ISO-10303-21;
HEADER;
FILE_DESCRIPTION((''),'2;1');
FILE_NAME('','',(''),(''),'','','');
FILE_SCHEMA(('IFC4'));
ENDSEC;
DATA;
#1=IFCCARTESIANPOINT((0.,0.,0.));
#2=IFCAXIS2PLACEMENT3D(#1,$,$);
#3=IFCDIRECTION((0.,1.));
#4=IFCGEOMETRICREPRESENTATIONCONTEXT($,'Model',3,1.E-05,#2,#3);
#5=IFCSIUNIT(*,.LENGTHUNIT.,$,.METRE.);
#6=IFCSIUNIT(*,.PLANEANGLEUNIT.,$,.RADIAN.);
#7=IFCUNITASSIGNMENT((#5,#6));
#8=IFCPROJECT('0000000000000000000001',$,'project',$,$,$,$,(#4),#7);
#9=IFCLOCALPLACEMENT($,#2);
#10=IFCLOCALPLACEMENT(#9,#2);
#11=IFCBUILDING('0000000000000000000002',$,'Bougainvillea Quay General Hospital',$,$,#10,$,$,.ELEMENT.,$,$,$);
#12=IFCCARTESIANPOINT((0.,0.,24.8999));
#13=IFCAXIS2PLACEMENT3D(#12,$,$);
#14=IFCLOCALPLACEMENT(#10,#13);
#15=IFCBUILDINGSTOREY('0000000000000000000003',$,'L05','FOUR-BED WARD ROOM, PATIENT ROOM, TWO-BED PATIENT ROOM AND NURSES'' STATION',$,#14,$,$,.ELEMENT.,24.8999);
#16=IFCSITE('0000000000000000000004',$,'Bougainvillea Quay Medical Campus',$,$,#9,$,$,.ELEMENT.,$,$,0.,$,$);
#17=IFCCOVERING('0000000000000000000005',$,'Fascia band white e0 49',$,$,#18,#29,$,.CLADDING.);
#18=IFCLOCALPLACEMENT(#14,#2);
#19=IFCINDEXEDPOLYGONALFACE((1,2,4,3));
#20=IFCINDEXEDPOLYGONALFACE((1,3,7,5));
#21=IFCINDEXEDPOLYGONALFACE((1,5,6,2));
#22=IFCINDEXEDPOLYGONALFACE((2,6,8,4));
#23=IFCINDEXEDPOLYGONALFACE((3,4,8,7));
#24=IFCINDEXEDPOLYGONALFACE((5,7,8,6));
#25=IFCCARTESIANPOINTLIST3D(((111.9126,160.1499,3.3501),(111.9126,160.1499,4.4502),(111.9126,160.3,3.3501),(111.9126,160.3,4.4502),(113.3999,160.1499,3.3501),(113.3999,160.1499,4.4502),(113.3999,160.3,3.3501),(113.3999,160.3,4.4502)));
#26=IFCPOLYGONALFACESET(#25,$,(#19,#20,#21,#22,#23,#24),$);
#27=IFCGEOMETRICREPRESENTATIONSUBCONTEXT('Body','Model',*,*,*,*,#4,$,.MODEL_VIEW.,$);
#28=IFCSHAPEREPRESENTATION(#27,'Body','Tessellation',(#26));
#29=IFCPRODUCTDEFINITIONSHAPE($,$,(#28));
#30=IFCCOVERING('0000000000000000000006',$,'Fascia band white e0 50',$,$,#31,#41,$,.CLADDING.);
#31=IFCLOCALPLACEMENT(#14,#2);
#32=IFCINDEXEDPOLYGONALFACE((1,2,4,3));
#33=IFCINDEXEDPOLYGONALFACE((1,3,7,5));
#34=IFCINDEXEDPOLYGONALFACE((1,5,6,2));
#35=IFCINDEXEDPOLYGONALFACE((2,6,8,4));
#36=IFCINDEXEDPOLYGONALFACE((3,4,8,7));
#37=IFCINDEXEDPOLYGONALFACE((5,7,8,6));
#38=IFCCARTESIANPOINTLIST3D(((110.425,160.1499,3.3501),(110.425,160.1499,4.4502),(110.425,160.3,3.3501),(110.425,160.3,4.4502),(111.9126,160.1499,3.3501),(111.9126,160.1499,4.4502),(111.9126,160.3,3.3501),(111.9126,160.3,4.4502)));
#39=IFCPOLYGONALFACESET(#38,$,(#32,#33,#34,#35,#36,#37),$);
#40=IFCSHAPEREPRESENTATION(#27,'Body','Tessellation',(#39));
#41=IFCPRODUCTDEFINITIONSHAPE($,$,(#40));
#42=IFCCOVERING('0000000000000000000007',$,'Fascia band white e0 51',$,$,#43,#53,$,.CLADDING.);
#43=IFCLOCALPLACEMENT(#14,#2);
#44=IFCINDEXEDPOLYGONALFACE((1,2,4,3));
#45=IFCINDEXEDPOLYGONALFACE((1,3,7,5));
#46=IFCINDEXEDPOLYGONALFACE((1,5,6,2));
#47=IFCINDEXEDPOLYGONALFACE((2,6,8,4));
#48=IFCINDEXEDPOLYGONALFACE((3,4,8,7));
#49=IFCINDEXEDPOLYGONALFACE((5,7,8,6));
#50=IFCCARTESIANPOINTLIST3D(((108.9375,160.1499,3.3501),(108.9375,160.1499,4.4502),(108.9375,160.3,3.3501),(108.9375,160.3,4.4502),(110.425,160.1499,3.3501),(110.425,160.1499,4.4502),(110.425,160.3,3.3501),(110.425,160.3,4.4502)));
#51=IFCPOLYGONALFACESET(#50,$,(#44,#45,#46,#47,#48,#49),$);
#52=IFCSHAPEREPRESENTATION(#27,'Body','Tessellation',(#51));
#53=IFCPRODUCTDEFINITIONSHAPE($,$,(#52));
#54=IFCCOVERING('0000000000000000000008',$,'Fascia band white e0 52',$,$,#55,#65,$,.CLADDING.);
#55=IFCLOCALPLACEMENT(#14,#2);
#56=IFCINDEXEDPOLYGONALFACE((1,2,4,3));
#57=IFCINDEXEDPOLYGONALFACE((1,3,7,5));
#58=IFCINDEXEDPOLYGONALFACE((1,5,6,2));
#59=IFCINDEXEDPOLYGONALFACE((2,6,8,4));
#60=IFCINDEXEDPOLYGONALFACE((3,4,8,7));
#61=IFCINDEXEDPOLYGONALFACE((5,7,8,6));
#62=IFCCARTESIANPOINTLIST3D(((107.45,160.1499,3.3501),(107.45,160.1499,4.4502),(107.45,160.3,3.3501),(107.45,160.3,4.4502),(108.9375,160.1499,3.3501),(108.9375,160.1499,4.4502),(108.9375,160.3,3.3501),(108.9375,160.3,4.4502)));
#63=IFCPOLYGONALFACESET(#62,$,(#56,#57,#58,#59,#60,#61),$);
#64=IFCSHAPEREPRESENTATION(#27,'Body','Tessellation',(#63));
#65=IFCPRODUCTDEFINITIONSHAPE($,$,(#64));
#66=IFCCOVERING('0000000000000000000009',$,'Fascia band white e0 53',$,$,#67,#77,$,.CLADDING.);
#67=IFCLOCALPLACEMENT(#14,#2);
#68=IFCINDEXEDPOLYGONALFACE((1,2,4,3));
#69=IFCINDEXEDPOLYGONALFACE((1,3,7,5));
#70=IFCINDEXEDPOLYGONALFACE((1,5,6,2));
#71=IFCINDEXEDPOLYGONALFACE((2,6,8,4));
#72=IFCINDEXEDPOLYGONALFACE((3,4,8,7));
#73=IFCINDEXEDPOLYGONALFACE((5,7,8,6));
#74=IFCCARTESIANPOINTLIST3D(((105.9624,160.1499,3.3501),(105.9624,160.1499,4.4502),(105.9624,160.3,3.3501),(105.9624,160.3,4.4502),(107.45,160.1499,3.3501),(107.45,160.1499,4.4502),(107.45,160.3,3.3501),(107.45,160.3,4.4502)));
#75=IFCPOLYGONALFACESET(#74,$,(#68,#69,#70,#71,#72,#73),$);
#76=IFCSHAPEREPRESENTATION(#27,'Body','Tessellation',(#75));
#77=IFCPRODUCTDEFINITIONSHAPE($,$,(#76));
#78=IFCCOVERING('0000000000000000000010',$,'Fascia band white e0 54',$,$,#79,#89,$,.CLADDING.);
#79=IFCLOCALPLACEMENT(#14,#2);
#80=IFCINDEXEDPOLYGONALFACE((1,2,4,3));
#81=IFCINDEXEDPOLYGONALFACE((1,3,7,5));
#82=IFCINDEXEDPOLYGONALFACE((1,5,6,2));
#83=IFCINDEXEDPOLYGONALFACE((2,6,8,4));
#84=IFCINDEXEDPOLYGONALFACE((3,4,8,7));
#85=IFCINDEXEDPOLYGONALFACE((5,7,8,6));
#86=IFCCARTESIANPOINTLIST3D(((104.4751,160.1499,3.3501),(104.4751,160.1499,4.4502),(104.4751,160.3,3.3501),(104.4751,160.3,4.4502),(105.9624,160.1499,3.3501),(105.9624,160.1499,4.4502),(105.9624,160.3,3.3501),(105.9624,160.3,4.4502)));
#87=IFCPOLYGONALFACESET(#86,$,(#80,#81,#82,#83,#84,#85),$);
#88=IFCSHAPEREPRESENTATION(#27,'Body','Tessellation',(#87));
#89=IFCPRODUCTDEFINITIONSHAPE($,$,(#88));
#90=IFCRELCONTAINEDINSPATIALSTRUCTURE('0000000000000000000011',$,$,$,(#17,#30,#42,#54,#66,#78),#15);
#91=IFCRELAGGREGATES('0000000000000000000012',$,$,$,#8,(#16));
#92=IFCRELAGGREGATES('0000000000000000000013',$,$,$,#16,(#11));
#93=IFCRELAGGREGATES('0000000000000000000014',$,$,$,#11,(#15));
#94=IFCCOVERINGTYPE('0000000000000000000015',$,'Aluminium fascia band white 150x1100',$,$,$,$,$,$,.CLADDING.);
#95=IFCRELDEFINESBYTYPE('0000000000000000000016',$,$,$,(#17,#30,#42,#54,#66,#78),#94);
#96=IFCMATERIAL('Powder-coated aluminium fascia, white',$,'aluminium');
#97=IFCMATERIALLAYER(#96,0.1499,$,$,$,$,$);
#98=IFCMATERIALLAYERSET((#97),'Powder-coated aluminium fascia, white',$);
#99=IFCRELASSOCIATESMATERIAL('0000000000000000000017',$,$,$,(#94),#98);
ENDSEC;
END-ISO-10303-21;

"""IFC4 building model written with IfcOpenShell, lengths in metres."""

from ifc_helpers import new_model, si_unit, direction, frame, origin, place, context, subcontext, project, spatial, polyline, outline, extrude, material, layer, layer_set, type_object, element, save


model = new_model("IFC4")

# Units and contexts
model_context = context("Model", 3, precision=1e-05, world=origin(), true_north=direction((0.0, 1.0)))
body_context = subcontext(model_context, "Body", "Model", "MODEL_VIEW")
ifc_project = project(units=[si_unit("LENGTHUNIT", "METRE"), si_unit("PLANEANGLEUNIT", "RADIAN")], contexts=[model_context])

# Site, building, storey
site_placement = place(None, origin())
site = spatial("IfcSite", under=ifc_project, at=site_placement, Name="Bougainvillea Quay Medical Campus", CompositionType="ELEMENT", RefElevation=0.0)
building_placement = place(site_placement, origin())
building = spatial("IfcBuilding", under=site, at=building_placement, Name="Bougainvillea Quay General Hospital", CompositionType="ELEMENT")
storey_placement = place(building_placement, frame((0.0, 0.0, 24.8999)))
storey = spatial("IfcBuildingStorey", under=building, at=storey_placement, Name="L05", Description="FOUR-BED WARD ROOM, PATIENT ROOM, TWO-BED PATIENT ROOM AND NURSES' STATION", CompositionType="ELEMENT", Elevation=24.8999)

# Coverings
ifc_material_1 = material(Name="Powder-coated aluminium fascia, white", Category="aluminium")
ifc_layer_1 = layer(ifc_material_1, 0.1499)
ifc_layer_set_1 = layer_set([ifc_layer_1], Name="Powder-coated aluminium fascia, white")
covering_type = type_object("IfcCoveringType", Name="Aluminium fascia band white 150x1100", PredefinedType="CLADDING", material=ifc_layer_set_1)
covering_1_placement = place(storey_placement, frame((113.3999, 160.1499, 3.3501), z_axis=(0.0, 0.0, 1.0), x_axis=(-1.0, 0.0, 0.0)))
element("IfcCovering", 1, at=covering_1_placement, inside=storey, type_object=covering_type, Name="Fascia band white e0 49", PredefinedType="CLADDING", context=body_context, shape_type="SweptSolid", body=[
    extrude(outline(polyline([(0.0, 0.0), (1.4873, 0.0), (1.4873, -0.1501), (0.0, -0.1501), (0.0, 0.0)])), origin(), (0.0, 0.0, 1.0), 1.1001),
])
for number, where, z_axis, x_axis, name in (
    (2, (111.9126, 160.1499, 3.3501), (0.0, 0.0, 1.0), (-1.0, 0.0, 0.0), "Fascia band white e0 50"),
    (3, (110.425, 160.1499, 3.3501), (0.0, 0.0, 1.0), (-1.0, 0.0, 0.0), "Fascia band white e0 51"),
    (4, (108.9375, 160.1499, 3.3501), (0.0, 0.0, 1.0), (-1.0, 0.0, 0.0), "Fascia band white e0 52"),
    (5, (107.45, 160.1499, 3.3501), (0.0, 0.0, 1.0), (-1.0, 0.0, 0.0), "Fascia band white e0 53"),
):
    element("IfcCovering", number, at=place(storey_placement, frame(where, z_axis=z_axis, x_axis=x_axis)), inside=storey, type_object=covering_type, Name=name, PredefinedType="CLADDING", context=body_context, shape_type="SweptSolid", body=[
        extrude(outline(polyline([(0.0, 0.0), (1.4875, 0.0), (1.4875, -0.1501), (0.0, -0.1501), (0.0, 0.0)])), origin(), (0.0, 0.0, 1.0), 1.1001),
    ])
covering_2_placement = place(storey_placement, frame((105.9624, 160.1499, 3.3501), z_axis=(0.0, 0.0, 1.0), x_axis=(-1.0, 0.0, 0.0)))
element("IfcCovering", 6, at=covering_2_placement, inside=storey, type_object=covering_type, Name="Fascia band white e0 54", PredefinedType="CLADDING", context=body_context, shape_type="SweptSolid", body=[
    extrude(outline(polyline([(0.0, 0.0), (1.4873, 0.0), (1.4873, -0.1501), (0.0, -0.1501), (0.0, 0.0)])), origin(), (0.0, 0.0, 1.0), 1.1001),
])

save(model, "model.ifc")
